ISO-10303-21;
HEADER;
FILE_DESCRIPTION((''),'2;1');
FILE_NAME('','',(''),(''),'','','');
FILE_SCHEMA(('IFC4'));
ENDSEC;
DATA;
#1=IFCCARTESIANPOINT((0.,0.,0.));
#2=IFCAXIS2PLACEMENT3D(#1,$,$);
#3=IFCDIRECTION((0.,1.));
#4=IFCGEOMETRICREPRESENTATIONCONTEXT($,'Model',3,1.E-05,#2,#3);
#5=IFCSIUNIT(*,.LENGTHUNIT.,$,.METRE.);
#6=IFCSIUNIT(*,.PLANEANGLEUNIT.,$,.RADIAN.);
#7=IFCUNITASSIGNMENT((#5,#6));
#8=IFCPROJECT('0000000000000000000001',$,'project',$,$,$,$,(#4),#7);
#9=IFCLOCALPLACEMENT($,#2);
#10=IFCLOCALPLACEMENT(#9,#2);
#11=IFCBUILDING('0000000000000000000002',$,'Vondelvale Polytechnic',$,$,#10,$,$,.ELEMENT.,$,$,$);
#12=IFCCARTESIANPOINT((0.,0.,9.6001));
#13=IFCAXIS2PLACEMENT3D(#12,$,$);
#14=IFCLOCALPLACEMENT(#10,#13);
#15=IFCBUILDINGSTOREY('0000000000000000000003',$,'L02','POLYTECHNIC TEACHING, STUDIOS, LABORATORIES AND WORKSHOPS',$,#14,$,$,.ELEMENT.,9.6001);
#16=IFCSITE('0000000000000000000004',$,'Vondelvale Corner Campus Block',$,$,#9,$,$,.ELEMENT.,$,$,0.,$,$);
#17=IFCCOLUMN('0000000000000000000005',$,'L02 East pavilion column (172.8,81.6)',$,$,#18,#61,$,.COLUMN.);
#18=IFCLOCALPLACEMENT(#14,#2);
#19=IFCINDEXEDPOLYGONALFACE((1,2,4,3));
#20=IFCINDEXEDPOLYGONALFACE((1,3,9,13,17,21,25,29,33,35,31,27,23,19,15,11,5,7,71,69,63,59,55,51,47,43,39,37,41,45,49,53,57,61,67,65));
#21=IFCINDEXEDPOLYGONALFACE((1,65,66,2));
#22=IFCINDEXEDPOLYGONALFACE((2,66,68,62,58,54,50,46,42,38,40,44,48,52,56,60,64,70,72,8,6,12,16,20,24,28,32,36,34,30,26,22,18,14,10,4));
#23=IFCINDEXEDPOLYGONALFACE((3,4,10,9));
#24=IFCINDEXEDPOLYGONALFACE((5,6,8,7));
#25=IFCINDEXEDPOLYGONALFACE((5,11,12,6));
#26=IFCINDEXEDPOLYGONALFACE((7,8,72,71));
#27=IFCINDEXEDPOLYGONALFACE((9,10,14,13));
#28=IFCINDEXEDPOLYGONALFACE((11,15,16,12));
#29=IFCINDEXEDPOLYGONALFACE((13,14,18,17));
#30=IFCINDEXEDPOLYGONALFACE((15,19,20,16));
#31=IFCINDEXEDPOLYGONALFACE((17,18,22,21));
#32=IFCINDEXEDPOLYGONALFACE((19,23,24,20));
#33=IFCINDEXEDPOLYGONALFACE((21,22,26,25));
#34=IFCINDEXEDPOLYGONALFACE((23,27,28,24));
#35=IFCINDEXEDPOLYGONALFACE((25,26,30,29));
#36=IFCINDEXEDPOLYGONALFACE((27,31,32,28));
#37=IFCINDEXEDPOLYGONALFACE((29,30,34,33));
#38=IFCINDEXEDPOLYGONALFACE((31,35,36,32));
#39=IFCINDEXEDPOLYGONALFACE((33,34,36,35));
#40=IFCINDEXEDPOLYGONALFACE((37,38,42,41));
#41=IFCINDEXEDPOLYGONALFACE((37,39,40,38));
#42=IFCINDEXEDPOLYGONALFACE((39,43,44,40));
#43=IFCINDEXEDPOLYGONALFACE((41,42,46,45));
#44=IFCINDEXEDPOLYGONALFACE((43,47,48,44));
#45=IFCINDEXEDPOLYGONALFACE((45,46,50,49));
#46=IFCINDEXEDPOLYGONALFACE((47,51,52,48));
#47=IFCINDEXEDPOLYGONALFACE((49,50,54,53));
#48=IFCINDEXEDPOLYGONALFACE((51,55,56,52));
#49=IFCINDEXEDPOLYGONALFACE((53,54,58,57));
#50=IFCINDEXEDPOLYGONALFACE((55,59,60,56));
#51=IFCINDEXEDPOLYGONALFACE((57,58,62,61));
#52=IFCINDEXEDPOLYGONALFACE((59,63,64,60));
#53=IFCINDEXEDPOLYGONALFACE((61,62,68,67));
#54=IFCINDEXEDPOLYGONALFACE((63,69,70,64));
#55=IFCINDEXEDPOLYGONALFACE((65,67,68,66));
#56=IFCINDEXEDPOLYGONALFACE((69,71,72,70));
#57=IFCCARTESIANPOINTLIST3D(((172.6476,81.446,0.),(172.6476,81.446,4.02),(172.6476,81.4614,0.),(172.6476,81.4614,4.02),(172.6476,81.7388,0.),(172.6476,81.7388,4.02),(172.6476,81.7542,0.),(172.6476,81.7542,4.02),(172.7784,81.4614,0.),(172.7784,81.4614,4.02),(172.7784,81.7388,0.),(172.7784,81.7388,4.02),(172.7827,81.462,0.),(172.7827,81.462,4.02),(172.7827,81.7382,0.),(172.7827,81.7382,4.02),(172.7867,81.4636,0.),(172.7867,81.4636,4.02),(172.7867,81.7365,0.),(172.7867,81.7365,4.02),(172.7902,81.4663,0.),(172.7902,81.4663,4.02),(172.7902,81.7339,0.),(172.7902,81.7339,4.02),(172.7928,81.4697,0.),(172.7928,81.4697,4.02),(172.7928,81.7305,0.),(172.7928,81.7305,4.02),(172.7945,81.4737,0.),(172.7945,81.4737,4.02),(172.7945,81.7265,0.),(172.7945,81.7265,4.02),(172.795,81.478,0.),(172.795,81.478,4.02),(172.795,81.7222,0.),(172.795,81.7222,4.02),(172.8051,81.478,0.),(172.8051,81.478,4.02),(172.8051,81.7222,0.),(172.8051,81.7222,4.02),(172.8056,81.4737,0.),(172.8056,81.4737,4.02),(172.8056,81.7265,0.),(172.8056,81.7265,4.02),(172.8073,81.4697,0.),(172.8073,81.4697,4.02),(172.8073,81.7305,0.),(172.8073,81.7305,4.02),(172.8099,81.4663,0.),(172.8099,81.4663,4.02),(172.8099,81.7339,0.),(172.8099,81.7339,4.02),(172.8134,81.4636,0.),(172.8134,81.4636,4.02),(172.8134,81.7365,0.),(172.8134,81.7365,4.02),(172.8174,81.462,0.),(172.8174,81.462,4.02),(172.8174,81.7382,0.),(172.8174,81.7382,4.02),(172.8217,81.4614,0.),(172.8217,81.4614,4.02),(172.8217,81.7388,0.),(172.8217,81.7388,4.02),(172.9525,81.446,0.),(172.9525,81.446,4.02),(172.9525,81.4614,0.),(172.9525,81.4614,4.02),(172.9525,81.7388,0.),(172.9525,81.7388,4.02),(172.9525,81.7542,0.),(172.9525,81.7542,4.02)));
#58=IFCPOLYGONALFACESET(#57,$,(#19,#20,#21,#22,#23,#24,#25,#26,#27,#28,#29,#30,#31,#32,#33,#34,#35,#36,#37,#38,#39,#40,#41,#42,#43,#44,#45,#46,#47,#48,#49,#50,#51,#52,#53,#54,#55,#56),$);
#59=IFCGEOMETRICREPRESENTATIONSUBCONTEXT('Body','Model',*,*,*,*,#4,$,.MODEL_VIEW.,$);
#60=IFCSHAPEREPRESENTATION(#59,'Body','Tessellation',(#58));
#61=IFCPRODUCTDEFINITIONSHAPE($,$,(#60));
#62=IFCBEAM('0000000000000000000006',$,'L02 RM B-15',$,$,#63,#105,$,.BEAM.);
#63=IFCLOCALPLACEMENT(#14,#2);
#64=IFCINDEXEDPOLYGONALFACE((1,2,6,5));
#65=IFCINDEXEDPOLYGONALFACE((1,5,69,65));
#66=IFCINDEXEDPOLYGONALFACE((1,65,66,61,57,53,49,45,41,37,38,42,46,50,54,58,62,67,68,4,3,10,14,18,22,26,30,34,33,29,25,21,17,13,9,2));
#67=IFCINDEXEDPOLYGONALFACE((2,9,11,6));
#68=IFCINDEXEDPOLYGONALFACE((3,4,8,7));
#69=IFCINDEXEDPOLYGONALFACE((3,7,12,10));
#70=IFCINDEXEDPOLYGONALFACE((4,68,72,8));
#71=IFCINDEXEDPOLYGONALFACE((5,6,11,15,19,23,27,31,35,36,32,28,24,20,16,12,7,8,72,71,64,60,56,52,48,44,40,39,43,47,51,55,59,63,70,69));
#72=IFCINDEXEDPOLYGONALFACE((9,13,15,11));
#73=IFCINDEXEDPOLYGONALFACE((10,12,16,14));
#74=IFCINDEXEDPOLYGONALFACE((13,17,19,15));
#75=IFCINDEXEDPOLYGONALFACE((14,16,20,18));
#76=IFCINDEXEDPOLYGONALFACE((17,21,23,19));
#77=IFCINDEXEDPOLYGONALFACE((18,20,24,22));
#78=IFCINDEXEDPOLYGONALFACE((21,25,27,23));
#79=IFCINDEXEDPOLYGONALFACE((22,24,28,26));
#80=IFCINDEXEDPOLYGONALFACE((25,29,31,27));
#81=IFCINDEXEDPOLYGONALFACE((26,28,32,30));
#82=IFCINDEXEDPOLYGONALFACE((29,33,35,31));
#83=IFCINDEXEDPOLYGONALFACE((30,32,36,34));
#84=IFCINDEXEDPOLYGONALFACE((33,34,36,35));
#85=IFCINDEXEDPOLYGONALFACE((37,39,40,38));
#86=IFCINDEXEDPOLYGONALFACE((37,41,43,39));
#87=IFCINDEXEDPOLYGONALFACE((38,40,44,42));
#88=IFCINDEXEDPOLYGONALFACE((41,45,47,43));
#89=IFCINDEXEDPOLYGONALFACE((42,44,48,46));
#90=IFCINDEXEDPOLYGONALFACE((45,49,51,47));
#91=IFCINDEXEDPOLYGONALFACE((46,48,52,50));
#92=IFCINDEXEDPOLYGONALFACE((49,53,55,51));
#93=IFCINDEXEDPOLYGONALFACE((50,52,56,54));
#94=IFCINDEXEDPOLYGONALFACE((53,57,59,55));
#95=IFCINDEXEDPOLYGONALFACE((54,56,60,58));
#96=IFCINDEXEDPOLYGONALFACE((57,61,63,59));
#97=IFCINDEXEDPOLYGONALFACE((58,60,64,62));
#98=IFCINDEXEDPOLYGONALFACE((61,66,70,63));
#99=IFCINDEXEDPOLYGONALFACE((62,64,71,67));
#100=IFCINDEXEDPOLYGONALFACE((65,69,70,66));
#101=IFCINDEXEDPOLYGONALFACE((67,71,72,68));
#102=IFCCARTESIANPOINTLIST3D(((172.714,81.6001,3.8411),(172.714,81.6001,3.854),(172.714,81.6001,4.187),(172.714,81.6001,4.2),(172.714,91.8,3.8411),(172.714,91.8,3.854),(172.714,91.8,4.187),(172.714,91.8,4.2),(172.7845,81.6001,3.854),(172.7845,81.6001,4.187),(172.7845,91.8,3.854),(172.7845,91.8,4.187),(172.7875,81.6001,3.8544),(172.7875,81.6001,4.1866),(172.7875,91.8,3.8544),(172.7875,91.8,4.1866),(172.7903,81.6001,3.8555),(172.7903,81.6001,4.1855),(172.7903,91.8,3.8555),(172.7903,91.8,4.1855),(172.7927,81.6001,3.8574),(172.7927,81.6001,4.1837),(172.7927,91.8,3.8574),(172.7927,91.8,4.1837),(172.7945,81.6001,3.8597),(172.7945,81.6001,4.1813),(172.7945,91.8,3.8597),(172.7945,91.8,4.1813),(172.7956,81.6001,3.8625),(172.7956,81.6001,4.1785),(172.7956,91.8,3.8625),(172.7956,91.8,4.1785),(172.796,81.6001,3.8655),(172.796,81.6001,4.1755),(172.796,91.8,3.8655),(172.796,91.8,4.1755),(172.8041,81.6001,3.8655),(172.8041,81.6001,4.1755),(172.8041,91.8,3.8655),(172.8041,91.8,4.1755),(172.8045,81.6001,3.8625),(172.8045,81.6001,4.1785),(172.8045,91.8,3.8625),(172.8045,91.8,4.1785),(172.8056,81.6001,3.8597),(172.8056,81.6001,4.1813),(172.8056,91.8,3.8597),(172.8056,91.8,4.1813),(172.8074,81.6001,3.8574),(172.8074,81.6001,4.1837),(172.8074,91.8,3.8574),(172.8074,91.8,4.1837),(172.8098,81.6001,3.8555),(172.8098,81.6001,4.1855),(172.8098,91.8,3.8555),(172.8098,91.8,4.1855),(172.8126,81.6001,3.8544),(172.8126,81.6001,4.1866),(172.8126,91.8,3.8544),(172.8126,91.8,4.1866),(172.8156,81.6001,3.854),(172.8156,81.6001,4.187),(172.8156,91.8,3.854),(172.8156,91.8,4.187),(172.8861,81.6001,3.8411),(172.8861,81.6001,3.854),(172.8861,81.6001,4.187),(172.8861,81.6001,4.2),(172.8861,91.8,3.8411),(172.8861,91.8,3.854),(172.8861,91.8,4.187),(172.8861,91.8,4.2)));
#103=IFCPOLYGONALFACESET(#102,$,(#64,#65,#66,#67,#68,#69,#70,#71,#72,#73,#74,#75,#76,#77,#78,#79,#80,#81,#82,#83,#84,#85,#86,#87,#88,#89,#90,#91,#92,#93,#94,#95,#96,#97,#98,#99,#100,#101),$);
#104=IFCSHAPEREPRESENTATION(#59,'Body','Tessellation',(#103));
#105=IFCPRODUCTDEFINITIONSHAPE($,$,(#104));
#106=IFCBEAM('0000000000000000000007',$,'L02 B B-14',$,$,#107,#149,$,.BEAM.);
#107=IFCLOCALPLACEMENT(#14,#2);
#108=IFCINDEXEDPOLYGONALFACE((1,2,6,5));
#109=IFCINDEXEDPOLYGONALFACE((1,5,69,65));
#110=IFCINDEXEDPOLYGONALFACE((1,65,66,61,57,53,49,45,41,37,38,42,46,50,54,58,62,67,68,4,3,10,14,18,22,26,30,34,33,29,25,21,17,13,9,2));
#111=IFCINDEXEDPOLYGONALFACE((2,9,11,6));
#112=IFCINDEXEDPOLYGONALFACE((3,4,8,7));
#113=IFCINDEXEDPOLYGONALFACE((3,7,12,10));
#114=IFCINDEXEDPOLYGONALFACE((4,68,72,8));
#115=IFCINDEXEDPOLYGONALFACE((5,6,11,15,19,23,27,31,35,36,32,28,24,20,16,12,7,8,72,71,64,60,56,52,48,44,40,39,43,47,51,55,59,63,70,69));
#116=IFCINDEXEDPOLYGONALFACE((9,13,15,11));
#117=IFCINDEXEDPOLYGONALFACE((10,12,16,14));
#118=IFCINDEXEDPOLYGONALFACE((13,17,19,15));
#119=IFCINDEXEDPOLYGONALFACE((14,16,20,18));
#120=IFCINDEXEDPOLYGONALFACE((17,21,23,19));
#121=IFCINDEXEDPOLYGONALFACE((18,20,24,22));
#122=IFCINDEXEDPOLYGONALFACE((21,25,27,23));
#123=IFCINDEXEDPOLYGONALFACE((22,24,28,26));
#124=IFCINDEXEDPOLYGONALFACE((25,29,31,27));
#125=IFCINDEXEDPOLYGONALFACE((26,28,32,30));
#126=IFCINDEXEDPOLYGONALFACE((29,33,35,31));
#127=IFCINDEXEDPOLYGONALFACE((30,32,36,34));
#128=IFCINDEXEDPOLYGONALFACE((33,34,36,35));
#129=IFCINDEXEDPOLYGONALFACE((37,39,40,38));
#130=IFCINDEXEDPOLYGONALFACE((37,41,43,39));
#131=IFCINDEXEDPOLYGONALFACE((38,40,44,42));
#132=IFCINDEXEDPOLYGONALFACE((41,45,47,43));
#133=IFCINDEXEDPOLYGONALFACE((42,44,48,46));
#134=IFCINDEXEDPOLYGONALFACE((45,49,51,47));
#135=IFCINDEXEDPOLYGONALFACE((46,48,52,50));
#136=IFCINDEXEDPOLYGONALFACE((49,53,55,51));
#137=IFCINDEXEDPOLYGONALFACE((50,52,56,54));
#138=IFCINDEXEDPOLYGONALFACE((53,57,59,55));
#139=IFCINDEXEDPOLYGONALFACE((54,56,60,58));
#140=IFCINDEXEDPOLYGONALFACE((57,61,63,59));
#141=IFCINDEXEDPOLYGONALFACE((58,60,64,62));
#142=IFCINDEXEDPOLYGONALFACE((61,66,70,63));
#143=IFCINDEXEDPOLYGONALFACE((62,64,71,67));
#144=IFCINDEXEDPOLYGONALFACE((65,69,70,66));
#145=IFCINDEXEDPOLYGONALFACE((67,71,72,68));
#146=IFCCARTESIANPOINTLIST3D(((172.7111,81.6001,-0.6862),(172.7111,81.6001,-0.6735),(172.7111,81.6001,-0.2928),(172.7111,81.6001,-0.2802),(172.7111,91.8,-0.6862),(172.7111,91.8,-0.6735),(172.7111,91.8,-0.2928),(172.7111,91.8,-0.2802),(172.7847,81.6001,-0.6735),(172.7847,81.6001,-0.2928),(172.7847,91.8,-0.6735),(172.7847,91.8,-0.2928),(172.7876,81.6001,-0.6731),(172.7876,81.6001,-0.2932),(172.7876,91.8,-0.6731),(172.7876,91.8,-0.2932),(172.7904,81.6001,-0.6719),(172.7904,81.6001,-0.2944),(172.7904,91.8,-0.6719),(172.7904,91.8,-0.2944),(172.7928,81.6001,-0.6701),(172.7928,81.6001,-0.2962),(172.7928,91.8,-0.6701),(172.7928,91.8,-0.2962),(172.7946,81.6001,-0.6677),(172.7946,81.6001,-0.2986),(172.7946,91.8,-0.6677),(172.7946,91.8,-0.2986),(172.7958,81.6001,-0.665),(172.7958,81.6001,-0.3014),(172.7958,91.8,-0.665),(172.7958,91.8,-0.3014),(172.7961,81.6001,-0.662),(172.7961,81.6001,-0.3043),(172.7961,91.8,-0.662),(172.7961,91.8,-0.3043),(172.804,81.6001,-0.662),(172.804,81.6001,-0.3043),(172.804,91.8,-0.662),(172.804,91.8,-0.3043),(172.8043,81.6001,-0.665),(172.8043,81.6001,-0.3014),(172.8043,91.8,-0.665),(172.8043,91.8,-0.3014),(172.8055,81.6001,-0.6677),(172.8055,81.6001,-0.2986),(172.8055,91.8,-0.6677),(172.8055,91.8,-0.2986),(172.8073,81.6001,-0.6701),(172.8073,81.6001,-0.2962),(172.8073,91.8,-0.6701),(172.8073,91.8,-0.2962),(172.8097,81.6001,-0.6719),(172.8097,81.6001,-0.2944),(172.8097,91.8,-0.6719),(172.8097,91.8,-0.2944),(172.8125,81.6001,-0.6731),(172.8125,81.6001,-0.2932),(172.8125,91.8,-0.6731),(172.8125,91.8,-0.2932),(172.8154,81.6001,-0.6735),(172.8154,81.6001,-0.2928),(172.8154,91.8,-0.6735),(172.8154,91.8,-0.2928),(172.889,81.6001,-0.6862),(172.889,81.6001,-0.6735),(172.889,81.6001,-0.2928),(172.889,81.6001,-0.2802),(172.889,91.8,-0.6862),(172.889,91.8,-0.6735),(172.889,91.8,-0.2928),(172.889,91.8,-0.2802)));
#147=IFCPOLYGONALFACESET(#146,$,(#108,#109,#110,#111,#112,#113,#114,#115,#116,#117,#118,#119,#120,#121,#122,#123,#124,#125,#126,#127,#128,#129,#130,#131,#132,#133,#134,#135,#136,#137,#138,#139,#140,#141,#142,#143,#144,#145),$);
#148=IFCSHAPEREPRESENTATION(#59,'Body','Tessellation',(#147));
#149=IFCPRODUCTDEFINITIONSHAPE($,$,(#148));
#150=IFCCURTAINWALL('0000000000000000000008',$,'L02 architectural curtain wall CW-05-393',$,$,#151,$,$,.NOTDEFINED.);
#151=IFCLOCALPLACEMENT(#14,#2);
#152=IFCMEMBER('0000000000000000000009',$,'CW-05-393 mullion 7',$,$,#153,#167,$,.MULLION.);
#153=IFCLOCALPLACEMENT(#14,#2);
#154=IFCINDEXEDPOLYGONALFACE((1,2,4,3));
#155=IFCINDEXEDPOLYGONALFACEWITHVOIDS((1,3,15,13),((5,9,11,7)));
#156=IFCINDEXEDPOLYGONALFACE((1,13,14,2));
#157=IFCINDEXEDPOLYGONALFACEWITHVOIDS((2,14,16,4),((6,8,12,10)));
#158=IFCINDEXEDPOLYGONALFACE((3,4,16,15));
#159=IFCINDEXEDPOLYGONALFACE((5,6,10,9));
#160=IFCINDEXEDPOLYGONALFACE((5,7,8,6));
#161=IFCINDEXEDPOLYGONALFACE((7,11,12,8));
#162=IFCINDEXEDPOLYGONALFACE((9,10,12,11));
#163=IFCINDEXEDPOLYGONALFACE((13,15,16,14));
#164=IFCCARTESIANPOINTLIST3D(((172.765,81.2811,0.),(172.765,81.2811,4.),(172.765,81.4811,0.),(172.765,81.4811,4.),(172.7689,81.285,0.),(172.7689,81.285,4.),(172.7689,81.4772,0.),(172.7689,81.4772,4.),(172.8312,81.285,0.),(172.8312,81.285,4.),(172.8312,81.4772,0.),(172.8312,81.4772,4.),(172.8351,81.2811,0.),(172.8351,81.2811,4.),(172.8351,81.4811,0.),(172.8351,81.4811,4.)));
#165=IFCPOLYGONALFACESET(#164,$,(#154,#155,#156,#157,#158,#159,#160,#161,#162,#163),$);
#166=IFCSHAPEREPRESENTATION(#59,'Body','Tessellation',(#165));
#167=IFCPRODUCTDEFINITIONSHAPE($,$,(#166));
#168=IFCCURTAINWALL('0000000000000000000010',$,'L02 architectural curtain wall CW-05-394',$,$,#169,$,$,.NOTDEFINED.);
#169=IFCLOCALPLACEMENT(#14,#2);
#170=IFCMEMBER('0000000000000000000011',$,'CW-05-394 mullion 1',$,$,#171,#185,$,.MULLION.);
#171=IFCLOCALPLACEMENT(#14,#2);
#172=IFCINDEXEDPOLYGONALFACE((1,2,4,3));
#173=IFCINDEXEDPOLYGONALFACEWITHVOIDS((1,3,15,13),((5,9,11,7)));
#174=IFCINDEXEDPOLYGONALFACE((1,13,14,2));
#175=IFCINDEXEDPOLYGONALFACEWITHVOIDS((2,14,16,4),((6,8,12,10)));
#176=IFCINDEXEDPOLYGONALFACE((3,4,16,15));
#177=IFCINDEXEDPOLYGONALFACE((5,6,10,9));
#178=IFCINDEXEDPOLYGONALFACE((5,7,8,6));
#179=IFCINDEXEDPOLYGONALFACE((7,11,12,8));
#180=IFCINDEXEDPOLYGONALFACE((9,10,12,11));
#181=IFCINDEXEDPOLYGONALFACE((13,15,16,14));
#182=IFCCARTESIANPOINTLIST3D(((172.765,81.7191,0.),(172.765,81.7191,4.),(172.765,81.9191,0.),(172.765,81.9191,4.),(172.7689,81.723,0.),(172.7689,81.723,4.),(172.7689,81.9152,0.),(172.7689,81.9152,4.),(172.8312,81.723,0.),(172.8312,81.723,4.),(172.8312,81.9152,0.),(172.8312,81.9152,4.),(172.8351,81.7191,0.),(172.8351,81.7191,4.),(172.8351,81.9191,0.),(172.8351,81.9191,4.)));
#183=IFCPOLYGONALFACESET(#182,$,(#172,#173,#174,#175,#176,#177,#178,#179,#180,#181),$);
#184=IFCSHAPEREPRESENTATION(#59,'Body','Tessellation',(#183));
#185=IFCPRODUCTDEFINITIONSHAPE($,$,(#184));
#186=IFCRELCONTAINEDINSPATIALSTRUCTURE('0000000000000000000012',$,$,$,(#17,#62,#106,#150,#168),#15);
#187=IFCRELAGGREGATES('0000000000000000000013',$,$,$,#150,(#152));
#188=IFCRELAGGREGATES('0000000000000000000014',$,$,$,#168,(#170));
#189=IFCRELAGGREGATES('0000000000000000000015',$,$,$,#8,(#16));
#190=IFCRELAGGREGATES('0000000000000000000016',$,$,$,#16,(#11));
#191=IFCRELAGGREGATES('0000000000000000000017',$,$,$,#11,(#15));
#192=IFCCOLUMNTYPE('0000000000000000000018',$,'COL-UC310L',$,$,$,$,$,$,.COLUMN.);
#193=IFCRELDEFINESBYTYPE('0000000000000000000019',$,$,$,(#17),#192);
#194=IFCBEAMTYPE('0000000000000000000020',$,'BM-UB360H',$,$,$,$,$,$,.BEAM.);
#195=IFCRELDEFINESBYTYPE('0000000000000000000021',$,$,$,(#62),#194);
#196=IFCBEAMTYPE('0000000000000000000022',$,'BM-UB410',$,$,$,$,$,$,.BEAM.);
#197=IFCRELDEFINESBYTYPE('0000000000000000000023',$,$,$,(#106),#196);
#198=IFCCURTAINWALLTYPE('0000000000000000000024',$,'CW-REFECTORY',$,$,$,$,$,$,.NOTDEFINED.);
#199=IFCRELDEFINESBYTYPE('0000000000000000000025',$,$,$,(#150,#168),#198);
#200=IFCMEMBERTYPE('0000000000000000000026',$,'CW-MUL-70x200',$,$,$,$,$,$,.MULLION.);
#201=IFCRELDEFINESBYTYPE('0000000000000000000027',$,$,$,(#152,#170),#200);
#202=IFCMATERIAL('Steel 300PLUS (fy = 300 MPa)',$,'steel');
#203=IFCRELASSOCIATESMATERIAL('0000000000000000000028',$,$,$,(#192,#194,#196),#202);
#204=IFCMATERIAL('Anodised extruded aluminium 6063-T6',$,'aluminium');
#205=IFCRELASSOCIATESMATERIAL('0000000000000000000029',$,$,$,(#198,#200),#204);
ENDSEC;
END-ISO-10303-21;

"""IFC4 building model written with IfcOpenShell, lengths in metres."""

from ifc_helpers import new_model, si_unit, direction, frame, origin, origin_2d, place, context, subcontext, project, spatial, hollow_rectangle, i_section, extrude, material, material_profile, profile_set, type_object, element, aggregate, save


model = new_model("IFC4")

# Units and contexts
model_context = context("Model", 3, precision=1e-05, world=origin(), true_north=direction((0.0, 1.0)))
body_context = subcontext(model_context, "Body", "Model", "MODEL_VIEW")
ifc_project = project(units=[si_unit("LENGTHUNIT", "METRE"), si_unit("PLANEANGLEUNIT", "RADIAN")], contexts=[model_context])

# Site, building, storey
site_placement = place(None, origin())
site = spatial("IfcSite", under=ifc_project, at=site_placement, Name="Vondelvale Corner Campus Block", CompositionType="ELEMENT", RefElevation=0.0)
building_placement = place(site_placement, origin())
building = spatial("IfcBuilding", under=site, at=building_placement, Name="Vondelvale Polytechnic", CompositionType="ELEMENT")
storey_placement = place(building_placement, frame((0.0, 0.0, 9.6001)))
storey = spatial("IfcBuildingStorey", under=building, at=storey_placement, Name="L02", Description="POLYTECHNIC TEACHING, STUDIOS, LABORATORIES AND WORKSHOPS", CompositionType="ELEMENT", Elevation=9.6001)

# Column
ifc_material_1 = material(Name="Steel 300PLUS (fy = 300 MPa)", Category="steel")
ifc_material_profile_1 = material_profile(ifc_material_1, i_section(OverallWidth=0.3049, OverallDepth=0.3081, WebThickness=0.01, FlangeThickness=0.0154, FilletRadius=0.0166, at=origin_2d()), Name="310UC96.8")
ifc_profile_set_1 = profile_set([ifc_material_profile_1], Name="Steel 300PLUS (fy = 300 MPa)")
column_type = type_object("IfcColumnType", Name="COL-UC310L", PredefinedType="COLUMN", material=ifc_profile_set_1)
column_placement = place(storey_placement, frame((172.8, 81.6001, 0.0), z_axis=(0.0, 0.0, 1.0), x_axis=(1.0, 0.0, 0.0)))
element("IfcColumn", 1, at=column_placement, inside=storey, type_object=column_type, Name="L02 East pavilion column (172.8,81.6)", PredefinedType="COLUMN", context=body_context, shape_type="SweptSolid", body=[
    extrude(i_section(OverallWidth=0.3049, OverallDepth=0.3081, WebThickness=0.01, FlangeThickness=0.0154, FilletRadius=0.0166, at=origin_2d()), origin(), (0.0, 0.0, 1.0), 4.02),
])

# Beams
ifc_material_profile_2 = material_profile(ifc_material_1, i_section(OverallWidth=0.1721, OverallDepth=0.3589, WebThickness=0.0081, FlangeThickness=0.0129, FilletRadius=0.0115, at=origin_2d()), Name="360UB56.7")
ifc_profile_set_2 = profile_set([ifc_material_profile_2], Name="Steel 300PLUS (fy = 300 MPa)")
beam_type_1 = type_object("IfcBeamType", Name="BM-UB360H", PredefinedType="BEAM", material=ifc_profile_set_2)
beam_1_placement = place(storey_placement, frame((172.8, 81.6001, 4.0205), z_axis=(0.0, 1.0, 0.0), x_axis=(-1.0, 0.0, 0.0)))
element("IfcBeam", 2, at=beam_1_placement, inside=storey, type_object=beam_type_1, Name="L02 RM B-15", PredefinedType="BEAM", context=body_context, shape_type="SweptSolid", body=[
    extrude(i_section(OverallWidth=0.1721, OverallDepth=0.3589, WebThickness=0.0081, FlangeThickness=0.0129, FilletRadius=0.0115, at=origin_2d()), origin(), (0.0, 0.0, 1.0), 10.2),
])
ifc_material_profile_3 = material_profile(ifc_material_1, i_section(OverallWidth=0.178, OverallDepth=0.406, WebThickness=0.0078, FlangeThickness=0.0127, FilletRadius=0.0115, at=origin_2d()), Name="410UB59.7")
ifc_profile_set_3 = profile_set([ifc_material_profile_3], Name="Steel 300PLUS (fy = 300 MPa)")
beam_type_2 = type_object("IfcBeamType", Name="BM-UB410", PredefinedType="BEAM", material=ifc_profile_set_3)
beam_2_placement = place(storey_placement, frame((172.8, 81.6001, -0.4832), z_axis=(0.0, 1.0, 0.0), x_axis=(-1.0, 0.0, 0.0)))
element("IfcBeam", 3, at=beam_2_placement, inside=storey, type_object=beam_type_2, Name="L02 B B-14", PredefinedType="BEAM", context=body_context, shape_type="SweptSolid", body=[
    extrude(i_section(OverallWidth=0.178, OverallDepth=0.406, WebThickness=0.0078, FlangeThickness=0.0127, FilletRadius=0.0115, at=origin_2d()), origin(), (0.0, 0.0, 1.0), 10.2),
])

# Curtain wall, member
ifc_material_2 = material(Name="Anodised extruded aluminium 6063-T6", Category="aluminium")
curtain_wall_type = type_object("IfcCurtainWallType", Name="CW-REFECTORY", PredefinedType="NOTDEFINED", material=ifc_material_2)
curtain_wall_1_placement = place(storey_placement, origin())
curtain_wall_1 = element("IfcCurtainWall", 4, at=curtain_wall_1_placement, inside=storey, type_object=curtain_wall_type, Name="L02 architectural curtain wall CW-05-393", PredefinedType="NOTDEFINED")
ifc_material_profile_4 = material_profile(ifc_material_2, hollow_rectangle(XDim=0.0701, YDim=0.2, WallThickness=0.0039, at=origin_2d()), Name="CW-MUL-200x70")
ifc_profile_set_4 = profile_set([ifc_material_profile_4], Name="Anodised extruded aluminium 6063-T6")
member_type_1 = type_object("IfcMemberType", Name="CW-MUL-70x200", PredefinedType="MULLION", material=ifc_profile_set_4)
member_1_placement = place(storey_placement, frame((172.8, 81.3811, 0.0), z_axis=(0.0, 0.0, 1.0), x_axis=(-1.0, 0.0, 0.0)))
member_1 = element("IfcMember", 5, at=member_1_placement, type_object=member_type_1, Name="CW-05-393 mullion 7", PredefinedType="MULLION", context=body_context, shape_type="SweptSolid", body=[
    extrude(hollow_rectangle(XDim=0.0701, YDim=0.2, WallThickness=0.0039, at=origin_2d()), origin(), (0.0, 0.0, 1.0), 4.0),
])

# Curtain wall, member
curtain_wall_2_placement = place(storey_placement, origin())
curtain_wall_2 = element("IfcCurtainWall", 6, at=curtain_wall_2_placement, inside=storey, type_object=curtain_wall_type, Name="L02 architectural curtain wall CW-05-394", PredefinedType="NOTDEFINED")
member_2_placement = place(storey_placement, frame((172.8, 81.8191, 0.0), z_axis=(0.0, 0.0, 1.0), x_axis=(-1.0, 0.0, 0.0)))
member_2 = element("IfcMember", 7, at=member_2_placement, type_object=member_type_1, Name="CW-05-394 mullion 1", PredefinedType="MULLION", context=body_context, shape_type="SweptSolid", body=[
    extrude(hollow_rectangle(XDim=0.0701, YDim=0.2, WallThickness=0.0039, at=origin_2d()), origin(), (0.0, 0.0, 1.0), 4.0),
])

aggregate(curtain_wall_1, [member_1])
aggregate(curtain_wall_2, [member_2])

save(model, "model.ifc")
